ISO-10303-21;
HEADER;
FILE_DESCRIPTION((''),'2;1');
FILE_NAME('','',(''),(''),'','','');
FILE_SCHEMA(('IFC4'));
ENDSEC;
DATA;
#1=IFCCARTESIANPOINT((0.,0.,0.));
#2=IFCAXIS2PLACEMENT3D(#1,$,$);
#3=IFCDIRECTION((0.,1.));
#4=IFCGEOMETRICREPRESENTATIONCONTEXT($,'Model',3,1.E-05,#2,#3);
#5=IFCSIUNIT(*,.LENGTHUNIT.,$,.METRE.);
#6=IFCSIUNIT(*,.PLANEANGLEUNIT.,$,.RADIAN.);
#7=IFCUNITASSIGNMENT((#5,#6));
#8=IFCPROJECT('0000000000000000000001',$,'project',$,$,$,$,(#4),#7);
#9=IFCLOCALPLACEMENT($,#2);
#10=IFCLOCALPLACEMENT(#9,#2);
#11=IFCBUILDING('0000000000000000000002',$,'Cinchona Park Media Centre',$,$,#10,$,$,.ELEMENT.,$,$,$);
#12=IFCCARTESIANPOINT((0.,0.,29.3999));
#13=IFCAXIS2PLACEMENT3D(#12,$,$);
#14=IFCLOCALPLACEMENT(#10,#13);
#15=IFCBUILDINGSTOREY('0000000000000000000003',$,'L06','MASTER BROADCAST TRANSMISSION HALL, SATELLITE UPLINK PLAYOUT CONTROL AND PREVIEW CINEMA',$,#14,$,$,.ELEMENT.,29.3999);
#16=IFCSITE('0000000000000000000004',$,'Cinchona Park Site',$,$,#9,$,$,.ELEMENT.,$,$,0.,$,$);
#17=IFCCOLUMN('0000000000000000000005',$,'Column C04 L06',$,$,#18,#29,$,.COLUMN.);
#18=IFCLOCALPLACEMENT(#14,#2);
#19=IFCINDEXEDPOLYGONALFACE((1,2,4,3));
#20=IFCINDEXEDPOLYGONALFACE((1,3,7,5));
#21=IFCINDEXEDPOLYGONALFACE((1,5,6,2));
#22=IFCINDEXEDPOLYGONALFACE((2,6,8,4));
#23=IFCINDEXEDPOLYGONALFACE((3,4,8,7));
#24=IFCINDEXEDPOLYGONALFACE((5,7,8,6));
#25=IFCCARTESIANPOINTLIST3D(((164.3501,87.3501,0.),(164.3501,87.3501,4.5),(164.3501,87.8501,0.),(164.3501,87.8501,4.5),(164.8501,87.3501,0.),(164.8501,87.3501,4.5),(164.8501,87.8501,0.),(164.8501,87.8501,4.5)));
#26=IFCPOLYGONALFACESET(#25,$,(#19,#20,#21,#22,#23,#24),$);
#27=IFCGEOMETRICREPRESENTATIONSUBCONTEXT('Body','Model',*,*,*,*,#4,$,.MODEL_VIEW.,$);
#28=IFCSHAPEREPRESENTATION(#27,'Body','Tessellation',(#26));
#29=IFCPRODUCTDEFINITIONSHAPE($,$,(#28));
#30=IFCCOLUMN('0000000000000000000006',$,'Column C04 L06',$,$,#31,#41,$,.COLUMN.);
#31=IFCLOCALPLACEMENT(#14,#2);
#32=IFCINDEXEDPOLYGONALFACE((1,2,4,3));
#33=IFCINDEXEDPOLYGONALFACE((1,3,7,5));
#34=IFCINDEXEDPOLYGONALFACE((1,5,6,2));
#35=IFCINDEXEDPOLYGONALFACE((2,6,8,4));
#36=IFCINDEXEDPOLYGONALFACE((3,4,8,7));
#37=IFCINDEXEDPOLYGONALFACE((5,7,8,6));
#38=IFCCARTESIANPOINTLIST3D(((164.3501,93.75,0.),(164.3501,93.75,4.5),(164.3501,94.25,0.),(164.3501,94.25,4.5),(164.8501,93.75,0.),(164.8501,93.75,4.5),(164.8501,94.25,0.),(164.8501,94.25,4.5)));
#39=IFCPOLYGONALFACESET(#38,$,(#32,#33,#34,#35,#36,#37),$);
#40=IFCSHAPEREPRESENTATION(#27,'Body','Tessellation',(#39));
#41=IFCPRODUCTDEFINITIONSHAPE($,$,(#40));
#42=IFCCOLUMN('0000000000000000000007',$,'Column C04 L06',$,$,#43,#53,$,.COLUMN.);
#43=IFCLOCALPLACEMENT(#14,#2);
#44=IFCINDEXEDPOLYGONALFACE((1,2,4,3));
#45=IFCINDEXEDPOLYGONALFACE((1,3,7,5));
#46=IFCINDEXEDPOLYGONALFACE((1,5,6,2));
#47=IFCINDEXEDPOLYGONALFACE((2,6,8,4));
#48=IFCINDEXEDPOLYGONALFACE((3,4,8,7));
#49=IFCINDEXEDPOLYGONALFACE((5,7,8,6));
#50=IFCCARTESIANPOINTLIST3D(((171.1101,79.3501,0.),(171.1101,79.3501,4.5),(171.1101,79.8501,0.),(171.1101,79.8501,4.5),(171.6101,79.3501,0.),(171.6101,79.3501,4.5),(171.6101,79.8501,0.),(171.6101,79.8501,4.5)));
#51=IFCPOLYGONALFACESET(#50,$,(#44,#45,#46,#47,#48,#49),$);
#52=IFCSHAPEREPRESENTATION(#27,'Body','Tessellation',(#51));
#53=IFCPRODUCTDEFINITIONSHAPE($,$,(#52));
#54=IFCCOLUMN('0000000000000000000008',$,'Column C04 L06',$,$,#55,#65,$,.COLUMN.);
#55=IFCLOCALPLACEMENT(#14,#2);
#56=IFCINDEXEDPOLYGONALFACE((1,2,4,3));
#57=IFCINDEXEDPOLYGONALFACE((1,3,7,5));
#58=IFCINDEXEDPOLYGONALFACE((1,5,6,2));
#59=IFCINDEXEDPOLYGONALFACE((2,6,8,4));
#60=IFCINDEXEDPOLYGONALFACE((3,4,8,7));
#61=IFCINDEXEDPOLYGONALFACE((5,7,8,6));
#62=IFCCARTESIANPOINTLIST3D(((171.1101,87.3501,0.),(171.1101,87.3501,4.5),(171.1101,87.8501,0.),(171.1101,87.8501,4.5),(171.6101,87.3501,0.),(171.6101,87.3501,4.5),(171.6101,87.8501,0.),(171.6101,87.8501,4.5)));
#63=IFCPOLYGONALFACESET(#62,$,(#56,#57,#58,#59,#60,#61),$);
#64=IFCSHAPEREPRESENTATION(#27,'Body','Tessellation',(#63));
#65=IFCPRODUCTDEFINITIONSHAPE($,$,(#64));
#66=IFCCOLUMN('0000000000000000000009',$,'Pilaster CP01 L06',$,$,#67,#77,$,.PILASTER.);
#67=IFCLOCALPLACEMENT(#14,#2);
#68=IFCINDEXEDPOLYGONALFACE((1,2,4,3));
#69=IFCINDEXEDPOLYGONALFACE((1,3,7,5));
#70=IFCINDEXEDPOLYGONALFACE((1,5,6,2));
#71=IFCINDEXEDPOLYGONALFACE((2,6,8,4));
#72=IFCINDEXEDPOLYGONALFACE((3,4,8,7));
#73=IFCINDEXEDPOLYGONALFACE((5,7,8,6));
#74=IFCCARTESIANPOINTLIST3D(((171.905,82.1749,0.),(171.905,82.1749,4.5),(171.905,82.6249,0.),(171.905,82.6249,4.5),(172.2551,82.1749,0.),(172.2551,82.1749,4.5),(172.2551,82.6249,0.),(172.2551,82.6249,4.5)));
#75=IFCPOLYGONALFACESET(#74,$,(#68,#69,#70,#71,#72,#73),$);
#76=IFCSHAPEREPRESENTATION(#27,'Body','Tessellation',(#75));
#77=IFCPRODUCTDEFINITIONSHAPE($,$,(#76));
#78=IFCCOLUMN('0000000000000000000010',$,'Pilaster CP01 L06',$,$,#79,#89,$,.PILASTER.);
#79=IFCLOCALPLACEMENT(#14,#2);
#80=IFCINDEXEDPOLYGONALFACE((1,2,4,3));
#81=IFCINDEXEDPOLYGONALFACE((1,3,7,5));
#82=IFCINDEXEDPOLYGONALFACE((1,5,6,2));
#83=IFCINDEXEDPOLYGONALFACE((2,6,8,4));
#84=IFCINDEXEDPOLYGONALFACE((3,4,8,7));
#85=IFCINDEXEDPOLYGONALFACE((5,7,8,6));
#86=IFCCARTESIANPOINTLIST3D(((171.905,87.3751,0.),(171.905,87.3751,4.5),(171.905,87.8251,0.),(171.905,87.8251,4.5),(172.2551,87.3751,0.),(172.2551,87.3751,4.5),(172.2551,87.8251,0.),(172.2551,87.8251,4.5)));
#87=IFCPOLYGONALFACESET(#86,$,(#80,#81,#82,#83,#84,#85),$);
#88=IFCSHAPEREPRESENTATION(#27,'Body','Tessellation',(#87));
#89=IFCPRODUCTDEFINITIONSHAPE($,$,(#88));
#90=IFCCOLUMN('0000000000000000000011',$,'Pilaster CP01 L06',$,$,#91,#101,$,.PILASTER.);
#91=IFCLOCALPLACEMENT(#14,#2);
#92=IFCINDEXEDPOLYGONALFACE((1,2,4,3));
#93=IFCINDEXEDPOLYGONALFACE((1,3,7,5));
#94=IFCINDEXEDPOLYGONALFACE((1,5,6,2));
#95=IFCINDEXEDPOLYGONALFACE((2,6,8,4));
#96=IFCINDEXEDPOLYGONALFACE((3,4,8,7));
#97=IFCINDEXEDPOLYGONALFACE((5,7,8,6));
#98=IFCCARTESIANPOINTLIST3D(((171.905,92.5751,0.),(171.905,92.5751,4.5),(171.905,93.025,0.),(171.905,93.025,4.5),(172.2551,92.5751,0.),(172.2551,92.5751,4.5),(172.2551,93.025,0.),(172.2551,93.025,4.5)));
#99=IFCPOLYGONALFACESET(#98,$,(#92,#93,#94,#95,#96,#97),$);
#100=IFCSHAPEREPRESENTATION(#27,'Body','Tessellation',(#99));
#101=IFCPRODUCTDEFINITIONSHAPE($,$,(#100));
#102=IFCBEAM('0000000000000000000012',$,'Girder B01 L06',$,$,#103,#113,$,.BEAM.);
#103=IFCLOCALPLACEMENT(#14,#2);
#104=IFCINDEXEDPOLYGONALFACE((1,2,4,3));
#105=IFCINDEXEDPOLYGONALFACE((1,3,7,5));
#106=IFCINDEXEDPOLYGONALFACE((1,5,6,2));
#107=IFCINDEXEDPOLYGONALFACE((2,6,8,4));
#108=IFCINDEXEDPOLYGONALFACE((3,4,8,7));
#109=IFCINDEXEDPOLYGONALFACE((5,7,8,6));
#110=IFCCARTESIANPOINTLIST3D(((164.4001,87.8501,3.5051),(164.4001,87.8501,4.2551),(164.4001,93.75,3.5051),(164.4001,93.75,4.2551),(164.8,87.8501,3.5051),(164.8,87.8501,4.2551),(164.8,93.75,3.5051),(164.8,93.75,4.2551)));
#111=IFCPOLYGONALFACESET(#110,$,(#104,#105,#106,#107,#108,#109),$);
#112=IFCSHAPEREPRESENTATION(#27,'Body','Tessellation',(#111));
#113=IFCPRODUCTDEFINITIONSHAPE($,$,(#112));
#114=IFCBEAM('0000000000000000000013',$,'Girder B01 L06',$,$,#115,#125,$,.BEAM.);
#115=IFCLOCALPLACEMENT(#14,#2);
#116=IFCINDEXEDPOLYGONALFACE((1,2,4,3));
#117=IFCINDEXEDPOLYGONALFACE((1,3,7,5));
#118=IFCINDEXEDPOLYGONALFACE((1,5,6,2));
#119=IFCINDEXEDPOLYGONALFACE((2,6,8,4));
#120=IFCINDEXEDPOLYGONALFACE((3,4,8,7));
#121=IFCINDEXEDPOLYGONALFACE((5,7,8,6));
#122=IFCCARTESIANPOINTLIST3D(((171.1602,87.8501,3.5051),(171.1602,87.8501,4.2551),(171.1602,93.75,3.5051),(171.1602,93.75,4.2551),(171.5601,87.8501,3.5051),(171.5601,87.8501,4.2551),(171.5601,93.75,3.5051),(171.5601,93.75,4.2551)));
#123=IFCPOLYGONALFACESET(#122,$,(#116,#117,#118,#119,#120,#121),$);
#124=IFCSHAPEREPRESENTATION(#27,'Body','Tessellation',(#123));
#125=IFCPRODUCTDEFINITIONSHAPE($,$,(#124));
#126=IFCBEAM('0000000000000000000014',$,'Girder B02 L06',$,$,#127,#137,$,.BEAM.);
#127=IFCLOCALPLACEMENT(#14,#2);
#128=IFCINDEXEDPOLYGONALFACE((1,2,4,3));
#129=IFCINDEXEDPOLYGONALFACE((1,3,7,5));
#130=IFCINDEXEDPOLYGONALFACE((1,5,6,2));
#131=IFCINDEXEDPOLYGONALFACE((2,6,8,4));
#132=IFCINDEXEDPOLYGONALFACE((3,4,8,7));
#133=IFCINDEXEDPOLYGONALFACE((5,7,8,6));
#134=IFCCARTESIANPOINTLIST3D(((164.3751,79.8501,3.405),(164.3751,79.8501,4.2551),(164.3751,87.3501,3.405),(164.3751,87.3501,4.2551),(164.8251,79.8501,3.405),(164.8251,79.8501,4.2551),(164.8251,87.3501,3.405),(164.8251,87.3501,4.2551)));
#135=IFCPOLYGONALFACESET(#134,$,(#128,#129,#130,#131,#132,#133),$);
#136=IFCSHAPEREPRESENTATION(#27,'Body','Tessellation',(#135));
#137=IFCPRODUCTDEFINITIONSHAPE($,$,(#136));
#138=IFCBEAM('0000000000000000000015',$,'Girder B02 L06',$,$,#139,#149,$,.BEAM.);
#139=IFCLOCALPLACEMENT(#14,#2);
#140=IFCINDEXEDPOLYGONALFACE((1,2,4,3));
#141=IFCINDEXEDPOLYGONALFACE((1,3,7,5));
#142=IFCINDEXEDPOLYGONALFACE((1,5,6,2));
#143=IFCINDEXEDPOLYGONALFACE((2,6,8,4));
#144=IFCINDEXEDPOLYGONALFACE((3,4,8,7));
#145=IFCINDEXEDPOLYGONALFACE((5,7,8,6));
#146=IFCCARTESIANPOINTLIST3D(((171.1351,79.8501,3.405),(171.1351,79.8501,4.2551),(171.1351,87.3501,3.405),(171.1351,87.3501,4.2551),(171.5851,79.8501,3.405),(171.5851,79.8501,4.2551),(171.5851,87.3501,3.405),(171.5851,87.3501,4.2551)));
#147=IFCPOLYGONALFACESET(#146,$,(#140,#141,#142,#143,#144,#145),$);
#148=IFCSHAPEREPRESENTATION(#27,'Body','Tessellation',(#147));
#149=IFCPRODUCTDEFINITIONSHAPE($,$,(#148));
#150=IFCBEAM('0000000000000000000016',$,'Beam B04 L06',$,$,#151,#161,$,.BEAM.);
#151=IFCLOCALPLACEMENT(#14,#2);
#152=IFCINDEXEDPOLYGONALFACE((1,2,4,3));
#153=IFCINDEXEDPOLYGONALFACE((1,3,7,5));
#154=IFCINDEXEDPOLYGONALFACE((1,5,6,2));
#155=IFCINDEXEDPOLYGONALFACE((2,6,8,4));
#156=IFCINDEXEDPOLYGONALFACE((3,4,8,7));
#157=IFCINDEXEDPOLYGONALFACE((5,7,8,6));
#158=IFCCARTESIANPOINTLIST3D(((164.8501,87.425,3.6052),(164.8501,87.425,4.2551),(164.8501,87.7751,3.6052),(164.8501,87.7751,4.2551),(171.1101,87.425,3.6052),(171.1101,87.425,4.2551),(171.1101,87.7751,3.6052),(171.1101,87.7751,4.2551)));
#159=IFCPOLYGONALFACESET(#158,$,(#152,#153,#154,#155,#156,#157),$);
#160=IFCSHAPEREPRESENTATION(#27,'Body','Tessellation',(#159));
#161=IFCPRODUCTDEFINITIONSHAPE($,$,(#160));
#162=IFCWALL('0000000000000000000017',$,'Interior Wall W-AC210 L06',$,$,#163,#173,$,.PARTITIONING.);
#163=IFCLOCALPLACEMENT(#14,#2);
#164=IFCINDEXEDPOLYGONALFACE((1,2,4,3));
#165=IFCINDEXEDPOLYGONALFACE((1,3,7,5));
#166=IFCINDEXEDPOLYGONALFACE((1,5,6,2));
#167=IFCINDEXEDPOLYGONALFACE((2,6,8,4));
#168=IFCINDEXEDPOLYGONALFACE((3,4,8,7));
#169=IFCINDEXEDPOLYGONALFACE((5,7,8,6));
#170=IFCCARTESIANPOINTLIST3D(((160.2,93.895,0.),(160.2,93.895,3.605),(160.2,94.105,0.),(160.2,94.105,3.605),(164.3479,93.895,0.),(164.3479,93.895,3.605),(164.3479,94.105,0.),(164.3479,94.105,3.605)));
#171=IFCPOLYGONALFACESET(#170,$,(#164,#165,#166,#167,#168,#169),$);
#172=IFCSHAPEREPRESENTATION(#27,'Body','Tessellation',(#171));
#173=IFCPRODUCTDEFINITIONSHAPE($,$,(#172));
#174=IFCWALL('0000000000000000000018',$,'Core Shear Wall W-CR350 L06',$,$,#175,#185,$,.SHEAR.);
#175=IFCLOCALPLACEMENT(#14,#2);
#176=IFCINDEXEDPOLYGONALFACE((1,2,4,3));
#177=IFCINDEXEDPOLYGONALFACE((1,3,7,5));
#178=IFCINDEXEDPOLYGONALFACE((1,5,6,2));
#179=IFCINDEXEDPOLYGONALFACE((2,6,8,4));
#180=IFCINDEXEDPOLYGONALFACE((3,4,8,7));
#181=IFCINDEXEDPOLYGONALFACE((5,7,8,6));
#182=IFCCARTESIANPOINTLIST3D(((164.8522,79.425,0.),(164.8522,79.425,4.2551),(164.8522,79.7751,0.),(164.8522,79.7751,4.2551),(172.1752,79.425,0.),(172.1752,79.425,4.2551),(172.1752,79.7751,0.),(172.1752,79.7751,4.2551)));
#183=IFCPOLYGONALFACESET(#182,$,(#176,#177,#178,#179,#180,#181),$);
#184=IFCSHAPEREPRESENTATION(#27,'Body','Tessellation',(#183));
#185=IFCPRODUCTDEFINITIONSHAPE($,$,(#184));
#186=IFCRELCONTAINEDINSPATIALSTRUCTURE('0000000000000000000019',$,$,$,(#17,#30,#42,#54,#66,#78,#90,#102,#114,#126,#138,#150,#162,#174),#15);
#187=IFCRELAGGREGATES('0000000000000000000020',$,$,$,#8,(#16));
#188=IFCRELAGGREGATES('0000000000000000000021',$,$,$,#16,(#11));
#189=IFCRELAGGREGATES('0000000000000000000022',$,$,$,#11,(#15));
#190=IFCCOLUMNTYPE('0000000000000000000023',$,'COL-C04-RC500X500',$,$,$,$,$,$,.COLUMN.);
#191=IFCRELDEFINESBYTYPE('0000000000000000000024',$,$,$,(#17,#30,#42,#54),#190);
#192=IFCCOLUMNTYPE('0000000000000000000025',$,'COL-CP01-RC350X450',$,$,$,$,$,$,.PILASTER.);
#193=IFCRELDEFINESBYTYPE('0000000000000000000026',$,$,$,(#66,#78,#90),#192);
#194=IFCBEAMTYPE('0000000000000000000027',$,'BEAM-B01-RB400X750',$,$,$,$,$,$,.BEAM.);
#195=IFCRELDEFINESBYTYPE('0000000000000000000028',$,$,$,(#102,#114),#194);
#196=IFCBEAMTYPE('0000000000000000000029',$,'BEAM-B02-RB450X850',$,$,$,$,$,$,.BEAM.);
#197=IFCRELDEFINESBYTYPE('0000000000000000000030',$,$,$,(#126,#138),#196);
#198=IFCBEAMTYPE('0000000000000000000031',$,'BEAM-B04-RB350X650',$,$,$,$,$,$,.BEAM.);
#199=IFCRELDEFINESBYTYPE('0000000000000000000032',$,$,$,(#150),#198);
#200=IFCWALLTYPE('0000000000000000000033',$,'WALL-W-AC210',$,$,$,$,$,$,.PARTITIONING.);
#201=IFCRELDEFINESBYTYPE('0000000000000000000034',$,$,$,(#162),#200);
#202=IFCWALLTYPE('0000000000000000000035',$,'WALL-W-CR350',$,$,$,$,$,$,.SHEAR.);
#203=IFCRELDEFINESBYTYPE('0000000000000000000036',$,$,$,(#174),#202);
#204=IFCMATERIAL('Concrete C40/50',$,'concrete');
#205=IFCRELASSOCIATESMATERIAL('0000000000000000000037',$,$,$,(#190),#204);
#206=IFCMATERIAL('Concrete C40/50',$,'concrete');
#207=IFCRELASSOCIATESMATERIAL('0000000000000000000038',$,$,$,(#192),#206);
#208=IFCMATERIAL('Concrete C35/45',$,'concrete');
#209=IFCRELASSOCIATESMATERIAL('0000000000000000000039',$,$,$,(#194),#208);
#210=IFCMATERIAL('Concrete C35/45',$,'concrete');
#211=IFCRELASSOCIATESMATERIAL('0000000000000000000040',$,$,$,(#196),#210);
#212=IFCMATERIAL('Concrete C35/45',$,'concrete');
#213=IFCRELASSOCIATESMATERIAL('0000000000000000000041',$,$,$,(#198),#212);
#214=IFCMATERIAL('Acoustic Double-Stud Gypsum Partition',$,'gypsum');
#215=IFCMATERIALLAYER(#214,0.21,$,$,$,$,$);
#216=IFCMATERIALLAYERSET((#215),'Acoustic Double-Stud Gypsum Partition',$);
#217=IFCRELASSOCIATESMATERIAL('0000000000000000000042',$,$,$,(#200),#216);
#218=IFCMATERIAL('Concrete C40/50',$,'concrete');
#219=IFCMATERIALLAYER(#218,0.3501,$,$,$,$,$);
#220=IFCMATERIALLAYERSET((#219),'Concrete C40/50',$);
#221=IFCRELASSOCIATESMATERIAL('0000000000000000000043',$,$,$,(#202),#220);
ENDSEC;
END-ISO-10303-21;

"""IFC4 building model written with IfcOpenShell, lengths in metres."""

from ifc_helpers import new_model, si_unit, direction, frame, frame_2d, origin, origin_2d, place, context, subcontext, project, spatial, rectangle, extrude, material, layer, layer_set, material_profile, profile_set, type_object, element, save


model = new_model("IFC4")

# Units and contexts
model_context = context("Model", 3, precision=1e-05, world=origin(), true_north=direction((0.0, 1.0)))
body_context = subcontext(model_context, "Body", "Model", "MODEL_VIEW")
ifc_project = project(units=[si_unit("LENGTHUNIT", "METRE"), si_unit("PLANEANGLEUNIT", "RADIAN")], contexts=[model_context])

# Site, building, storey
site_placement = place(None, origin())
site = spatial("IfcSite", under=ifc_project, at=site_placement, Name="Cinchona Park Site", CompositionType="ELEMENT", RefElevation=0.0)
building_placement = place(site_placement, origin())
building = spatial("IfcBuilding", under=site, at=building_placement, Name="Cinchona Park Media Centre", CompositionType="ELEMENT")
storey_placement = place(building_placement, frame((0.0, 0.0, 29.3999)))
storey = spatial("IfcBuildingStorey", under=building, at=storey_placement, Name="L06", Description="MASTER BROADCAST TRANSMISSION HALL, SATELLITE UPLINK PLAYOUT CONTROL AND PREVIEW CINEMA", CompositionType="ELEMENT", Elevation=29.3999)

# Columns
ifc_material_1 = material(Name="Concrete C40/50", Category="concrete")
ifc_material_profile_1 = material_profile(ifc_material_1, rectangle(XDim=0.5, YDim=0.5, at=origin_2d()), Name="RC 500X500")
ifc_profile_set_1 = profile_set([ifc_material_profile_1], Name="Concrete C40/50")
column_type_1 = type_object("IfcColumnType", Name="COL-C04-RC500X500", PredefinedType="COLUMN", material=ifc_profile_set_1)
for number, where, z_axis, x_axis, name in (
    (1, (164.6001, 87.6001, 0.0), (0.0, 0.0, 1.0), (1.0, 0.0, 0.0), "Column C04 L06"),
    (2, (164.6001, 94.0, 0.0), (0.0, 0.0, 1.0), (1.0, 0.0, 0.0), "Column C04 L06"),
    (3, (171.3601, 79.6001, 0.0), (0.0, 0.0, 1.0), (1.0, 0.0, 0.0), "Column C04 L06"),
    (4, (171.3601, 87.6001, 0.0), (0.0, 0.0, 1.0), (1.0, 0.0, 0.0), "Column C04 L06"),
):
    element("IfcColumn", number, at=place(storey_placement, frame(where, z_axis=z_axis, x_axis=x_axis)), inside=storey, type_object=column_type_1, Name=name, PredefinedType="COLUMN", context=body_context, shape_type="SweptSolid", body=[
        extrude(rectangle(XDim=0.5, YDim=0.5, at=origin_2d()), origin(), (0.0, 0.0, 1.0), 4.5),
    ])
ifc_material_2 = material(Name="Concrete C40/50", Category="concrete")
ifc_material_profile_2 = material_profile(ifc_material_2, rectangle(XDim=0.3501, YDim=0.45, at=origin_2d()), Name="RC 350X450")
ifc_profile_set_2 = profile_set([ifc_material_profile_2], Name="Concrete C40/50")
column_type_2 = type_object("IfcColumnType", Name="COL-CP01-RC350X450", PredefinedType="PILASTER", material=ifc_profile_set_2)
for number, where, z_axis, x_axis, name in (
    (5, (172.0801, 82.3999, 0.0), (0.0, 0.0, 1.0), (1.0, 0.0, 0.0), "Pilaster CP01 L06"),
    (6, (172.0801, 87.6001, 0.0), (0.0, 0.0, 1.0), (1.0, 0.0, 0.0), "Pilaster CP01 L06"),
    (7, (172.0801, 92.8, 0.0), (0.0, 0.0, 1.0), (1.0, 0.0, 0.0), "Pilaster CP01 L06"),
):
    element("IfcColumn", number, at=place(storey_placement, frame(where, z_axis=z_axis, x_axis=x_axis)), inside=storey, type_object=column_type_2, Name=name, PredefinedType="PILASTER", context=body_context, shape_type="SweptSolid", body=[
        extrude(rectangle(XDim=0.3501, YDim=0.45, at=origin_2d()), origin(), (0.0, 0.0, 1.0), 4.5),
    ])

# Beams
ifc_material_3 = material(Name="Concrete C35/45", Category="concrete")
ifc_material_profile_3 = material_profile(ifc_material_3, rectangle(XDim=0.3999, YDim=0.75, at=origin_2d()), Name="RB 400X750")
ifc_profile_set_3 = profile_set([ifc_material_profile_3], Name="Concrete C35/45")
beam_type_1 = type_object("IfcBeamType", Name="BEAM-B01-RB400X750", PredefinedType="BEAM", material=ifc_profile_set_3)
for number, where, z_axis, x_axis, name in (
    (8, (164.6001, 87.8501, 3.8801), (0.0, 1.0, 0.0), (-1.0, 0.0, 0.0), "Girder B01 L06"),
    (9, (171.3601, 87.8501, 3.8801), (0.0, 1.0, 0.0), (-1.0, 0.0, 0.0), "Girder B01 L06"),
):
    element("IfcBeam", number, at=place(storey_placement, frame(where, z_axis=z_axis, x_axis=x_axis)), inside=storey, type_object=beam_type_1, Name=name, PredefinedType="BEAM", context=body_context, shape_type="SweptSolid", body=[
        extrude(rectangle(XDim=0.3999, YDim=0.75, at=origin_2d()), origin(), (0.0, 0.0, 1.0), 5.8999),
    ])
ifc_material_4 = material(Name="Concrete C35/45", Category="concrete")
ifc_material_profile_4 = material_profile(ifc_material_4, rectangle(XDim=0.45, YDim=0.8501, at=origin_2d()), Name="RB 450X850")
ifc_profile_set_4 = profile_set([ifc_material_profile_4], Name="Concrete C35/45")
beam_type_2 = type_object("IfcBeamType", Name="BEAM-B02-RB450X850", PredefinedType="BEAM", material=ifc_profile_set_4)
for number, where, z_axis, x_axis, name in (
    (10, (164.6001, 79.8501, 3.8301), (0.0, 1.0, 0.0), (-1.0, 0.0, 0.0), "Girder B02 L06"),
    (11, (171.3601, 79.8501, 3.8301), (0.0, 1.0, 0.0), (-1.0, 0.0, 0.0), "Girder B02 L06"),
):
    element("IfcBeam", number, at=place(storey_placement, frame(where, z_axis=z_axis, x_axis=x_axis)), inside=storey, type_object=beam_type_2, Name=name, PredefinedType="BEAM", context=body_context, shape_type="SweptSolid", body=[
        extrude(rectangle(XDim=0.45, YDim=0.8501, at=origin_2d()), origin(), (0.0, 0.0, 1.0), 7.5),
    ])
ifc_material_5 = material(Name="Concrete C35/45", Category="concrete")
ifc_material_profile_5 = material_profile(ifc_material_5, rectangle(XDim=0.3501, YDim=0.6499, at=origin_2d()), Name="RB 350X650")
ifc_profile_set_5 = profile_set([ifc_material_profile_5], Name="Concrete C35/45")
beam_type_3 = type_object("IfcBeamType", Name="BEAM-B04-RB350X650", PredefinedType="BEAM", material=ifc_profile_set_5)
beam_placement = place(storey_placement, frame((164.8501, 87.6001, 3.9302), z_axis=(1.0, 0.0, 0.0), x_axis=(0.0, 1.0, 0.0)))
element("IfcBeam", 12, at=beam_placement, inside=storey, type_object=beam_type_3, Name="Beam B04 L06", PredefinedType="BEAM", context=body_context, shape_type="SweptSolid", body=[
    extrude(rectangle(XDim=0.3501, YDim=0.6499, at=origin_2d()), origin(), (0.0, 0.0, 1.0), 6.26),
])

# Walls
ifc_material_6 = material(Name="Acoustic Double-Stud Gypsum Partition", Category="gypsum")
ifc_layer_1 = layer(ifc_material_6, 0.21)
ifc_layer_set_1 = layer_set([ifc_layer_1], Name="Acoustic Double-Stud Gypsum Partition")
wall_type_1 = type_object("IfcWallType", Name="WALL-W-AC210", PredefinedType="PARTITIONING", material=ifc_layer_set_1)
wall_1_placement = place(storey_placement, frame((160.2, 94.0, 0.0), z_axis=(0.0, 0.0, 1.0), x_axis=(1.0, 0.0, 0.0)))
element("IfcWall", 13, at=wall_1_placement, inside=storey, type_object=wall_type_1, Name="Interior Wall W-AC210 L06", PredefinedType="PARTITIONING", context=body_context, shape_type="SweptSolid", body=[
    extrude(rectangle(XDim=4.1479, YDim=0.21, at=frame_2d((2.074, 0.0))), origin(), (0.0, 0.0, 1.0), 3.605),
])
ifc_material_7 = material(Name="Concrete C40/50", Category="concrete")
ifc_layer_2 = layer(ifc_material_7, 0.3501)
ifc_layer_set_2 = layer_set([ifc_layer_2], Name="Concrete C40/50")
wall_type_2 = type_object("IfcWallType", Name="WALL-W-CR350", PredefinedType="SHEAR", material=ifc_layer_set_2)
wall_2_placement = place(storey_placement, frame((164.8521, 79.6001, 0.0), z_axis=(0.0, 0.0, 1.0), x_axis=(1.0, 0.0, 0.0)))
element("IfcWall", 14, at=wall_2_placement, inside=storey, type_object=wall_type_2, Name="Core Shear Wall W-CR350 L06", PredefinedType="SHEAR", context=body_context, shape_type="SweptSolid", body=[
    extrude(rectangle(XDim=7.323, YDim=0.3501, at=frame_2d((3.6616, 0.0))), origin(), (0.0, 0.0, 1.0), 4.2551),
])

save(model, "model.ifc")
